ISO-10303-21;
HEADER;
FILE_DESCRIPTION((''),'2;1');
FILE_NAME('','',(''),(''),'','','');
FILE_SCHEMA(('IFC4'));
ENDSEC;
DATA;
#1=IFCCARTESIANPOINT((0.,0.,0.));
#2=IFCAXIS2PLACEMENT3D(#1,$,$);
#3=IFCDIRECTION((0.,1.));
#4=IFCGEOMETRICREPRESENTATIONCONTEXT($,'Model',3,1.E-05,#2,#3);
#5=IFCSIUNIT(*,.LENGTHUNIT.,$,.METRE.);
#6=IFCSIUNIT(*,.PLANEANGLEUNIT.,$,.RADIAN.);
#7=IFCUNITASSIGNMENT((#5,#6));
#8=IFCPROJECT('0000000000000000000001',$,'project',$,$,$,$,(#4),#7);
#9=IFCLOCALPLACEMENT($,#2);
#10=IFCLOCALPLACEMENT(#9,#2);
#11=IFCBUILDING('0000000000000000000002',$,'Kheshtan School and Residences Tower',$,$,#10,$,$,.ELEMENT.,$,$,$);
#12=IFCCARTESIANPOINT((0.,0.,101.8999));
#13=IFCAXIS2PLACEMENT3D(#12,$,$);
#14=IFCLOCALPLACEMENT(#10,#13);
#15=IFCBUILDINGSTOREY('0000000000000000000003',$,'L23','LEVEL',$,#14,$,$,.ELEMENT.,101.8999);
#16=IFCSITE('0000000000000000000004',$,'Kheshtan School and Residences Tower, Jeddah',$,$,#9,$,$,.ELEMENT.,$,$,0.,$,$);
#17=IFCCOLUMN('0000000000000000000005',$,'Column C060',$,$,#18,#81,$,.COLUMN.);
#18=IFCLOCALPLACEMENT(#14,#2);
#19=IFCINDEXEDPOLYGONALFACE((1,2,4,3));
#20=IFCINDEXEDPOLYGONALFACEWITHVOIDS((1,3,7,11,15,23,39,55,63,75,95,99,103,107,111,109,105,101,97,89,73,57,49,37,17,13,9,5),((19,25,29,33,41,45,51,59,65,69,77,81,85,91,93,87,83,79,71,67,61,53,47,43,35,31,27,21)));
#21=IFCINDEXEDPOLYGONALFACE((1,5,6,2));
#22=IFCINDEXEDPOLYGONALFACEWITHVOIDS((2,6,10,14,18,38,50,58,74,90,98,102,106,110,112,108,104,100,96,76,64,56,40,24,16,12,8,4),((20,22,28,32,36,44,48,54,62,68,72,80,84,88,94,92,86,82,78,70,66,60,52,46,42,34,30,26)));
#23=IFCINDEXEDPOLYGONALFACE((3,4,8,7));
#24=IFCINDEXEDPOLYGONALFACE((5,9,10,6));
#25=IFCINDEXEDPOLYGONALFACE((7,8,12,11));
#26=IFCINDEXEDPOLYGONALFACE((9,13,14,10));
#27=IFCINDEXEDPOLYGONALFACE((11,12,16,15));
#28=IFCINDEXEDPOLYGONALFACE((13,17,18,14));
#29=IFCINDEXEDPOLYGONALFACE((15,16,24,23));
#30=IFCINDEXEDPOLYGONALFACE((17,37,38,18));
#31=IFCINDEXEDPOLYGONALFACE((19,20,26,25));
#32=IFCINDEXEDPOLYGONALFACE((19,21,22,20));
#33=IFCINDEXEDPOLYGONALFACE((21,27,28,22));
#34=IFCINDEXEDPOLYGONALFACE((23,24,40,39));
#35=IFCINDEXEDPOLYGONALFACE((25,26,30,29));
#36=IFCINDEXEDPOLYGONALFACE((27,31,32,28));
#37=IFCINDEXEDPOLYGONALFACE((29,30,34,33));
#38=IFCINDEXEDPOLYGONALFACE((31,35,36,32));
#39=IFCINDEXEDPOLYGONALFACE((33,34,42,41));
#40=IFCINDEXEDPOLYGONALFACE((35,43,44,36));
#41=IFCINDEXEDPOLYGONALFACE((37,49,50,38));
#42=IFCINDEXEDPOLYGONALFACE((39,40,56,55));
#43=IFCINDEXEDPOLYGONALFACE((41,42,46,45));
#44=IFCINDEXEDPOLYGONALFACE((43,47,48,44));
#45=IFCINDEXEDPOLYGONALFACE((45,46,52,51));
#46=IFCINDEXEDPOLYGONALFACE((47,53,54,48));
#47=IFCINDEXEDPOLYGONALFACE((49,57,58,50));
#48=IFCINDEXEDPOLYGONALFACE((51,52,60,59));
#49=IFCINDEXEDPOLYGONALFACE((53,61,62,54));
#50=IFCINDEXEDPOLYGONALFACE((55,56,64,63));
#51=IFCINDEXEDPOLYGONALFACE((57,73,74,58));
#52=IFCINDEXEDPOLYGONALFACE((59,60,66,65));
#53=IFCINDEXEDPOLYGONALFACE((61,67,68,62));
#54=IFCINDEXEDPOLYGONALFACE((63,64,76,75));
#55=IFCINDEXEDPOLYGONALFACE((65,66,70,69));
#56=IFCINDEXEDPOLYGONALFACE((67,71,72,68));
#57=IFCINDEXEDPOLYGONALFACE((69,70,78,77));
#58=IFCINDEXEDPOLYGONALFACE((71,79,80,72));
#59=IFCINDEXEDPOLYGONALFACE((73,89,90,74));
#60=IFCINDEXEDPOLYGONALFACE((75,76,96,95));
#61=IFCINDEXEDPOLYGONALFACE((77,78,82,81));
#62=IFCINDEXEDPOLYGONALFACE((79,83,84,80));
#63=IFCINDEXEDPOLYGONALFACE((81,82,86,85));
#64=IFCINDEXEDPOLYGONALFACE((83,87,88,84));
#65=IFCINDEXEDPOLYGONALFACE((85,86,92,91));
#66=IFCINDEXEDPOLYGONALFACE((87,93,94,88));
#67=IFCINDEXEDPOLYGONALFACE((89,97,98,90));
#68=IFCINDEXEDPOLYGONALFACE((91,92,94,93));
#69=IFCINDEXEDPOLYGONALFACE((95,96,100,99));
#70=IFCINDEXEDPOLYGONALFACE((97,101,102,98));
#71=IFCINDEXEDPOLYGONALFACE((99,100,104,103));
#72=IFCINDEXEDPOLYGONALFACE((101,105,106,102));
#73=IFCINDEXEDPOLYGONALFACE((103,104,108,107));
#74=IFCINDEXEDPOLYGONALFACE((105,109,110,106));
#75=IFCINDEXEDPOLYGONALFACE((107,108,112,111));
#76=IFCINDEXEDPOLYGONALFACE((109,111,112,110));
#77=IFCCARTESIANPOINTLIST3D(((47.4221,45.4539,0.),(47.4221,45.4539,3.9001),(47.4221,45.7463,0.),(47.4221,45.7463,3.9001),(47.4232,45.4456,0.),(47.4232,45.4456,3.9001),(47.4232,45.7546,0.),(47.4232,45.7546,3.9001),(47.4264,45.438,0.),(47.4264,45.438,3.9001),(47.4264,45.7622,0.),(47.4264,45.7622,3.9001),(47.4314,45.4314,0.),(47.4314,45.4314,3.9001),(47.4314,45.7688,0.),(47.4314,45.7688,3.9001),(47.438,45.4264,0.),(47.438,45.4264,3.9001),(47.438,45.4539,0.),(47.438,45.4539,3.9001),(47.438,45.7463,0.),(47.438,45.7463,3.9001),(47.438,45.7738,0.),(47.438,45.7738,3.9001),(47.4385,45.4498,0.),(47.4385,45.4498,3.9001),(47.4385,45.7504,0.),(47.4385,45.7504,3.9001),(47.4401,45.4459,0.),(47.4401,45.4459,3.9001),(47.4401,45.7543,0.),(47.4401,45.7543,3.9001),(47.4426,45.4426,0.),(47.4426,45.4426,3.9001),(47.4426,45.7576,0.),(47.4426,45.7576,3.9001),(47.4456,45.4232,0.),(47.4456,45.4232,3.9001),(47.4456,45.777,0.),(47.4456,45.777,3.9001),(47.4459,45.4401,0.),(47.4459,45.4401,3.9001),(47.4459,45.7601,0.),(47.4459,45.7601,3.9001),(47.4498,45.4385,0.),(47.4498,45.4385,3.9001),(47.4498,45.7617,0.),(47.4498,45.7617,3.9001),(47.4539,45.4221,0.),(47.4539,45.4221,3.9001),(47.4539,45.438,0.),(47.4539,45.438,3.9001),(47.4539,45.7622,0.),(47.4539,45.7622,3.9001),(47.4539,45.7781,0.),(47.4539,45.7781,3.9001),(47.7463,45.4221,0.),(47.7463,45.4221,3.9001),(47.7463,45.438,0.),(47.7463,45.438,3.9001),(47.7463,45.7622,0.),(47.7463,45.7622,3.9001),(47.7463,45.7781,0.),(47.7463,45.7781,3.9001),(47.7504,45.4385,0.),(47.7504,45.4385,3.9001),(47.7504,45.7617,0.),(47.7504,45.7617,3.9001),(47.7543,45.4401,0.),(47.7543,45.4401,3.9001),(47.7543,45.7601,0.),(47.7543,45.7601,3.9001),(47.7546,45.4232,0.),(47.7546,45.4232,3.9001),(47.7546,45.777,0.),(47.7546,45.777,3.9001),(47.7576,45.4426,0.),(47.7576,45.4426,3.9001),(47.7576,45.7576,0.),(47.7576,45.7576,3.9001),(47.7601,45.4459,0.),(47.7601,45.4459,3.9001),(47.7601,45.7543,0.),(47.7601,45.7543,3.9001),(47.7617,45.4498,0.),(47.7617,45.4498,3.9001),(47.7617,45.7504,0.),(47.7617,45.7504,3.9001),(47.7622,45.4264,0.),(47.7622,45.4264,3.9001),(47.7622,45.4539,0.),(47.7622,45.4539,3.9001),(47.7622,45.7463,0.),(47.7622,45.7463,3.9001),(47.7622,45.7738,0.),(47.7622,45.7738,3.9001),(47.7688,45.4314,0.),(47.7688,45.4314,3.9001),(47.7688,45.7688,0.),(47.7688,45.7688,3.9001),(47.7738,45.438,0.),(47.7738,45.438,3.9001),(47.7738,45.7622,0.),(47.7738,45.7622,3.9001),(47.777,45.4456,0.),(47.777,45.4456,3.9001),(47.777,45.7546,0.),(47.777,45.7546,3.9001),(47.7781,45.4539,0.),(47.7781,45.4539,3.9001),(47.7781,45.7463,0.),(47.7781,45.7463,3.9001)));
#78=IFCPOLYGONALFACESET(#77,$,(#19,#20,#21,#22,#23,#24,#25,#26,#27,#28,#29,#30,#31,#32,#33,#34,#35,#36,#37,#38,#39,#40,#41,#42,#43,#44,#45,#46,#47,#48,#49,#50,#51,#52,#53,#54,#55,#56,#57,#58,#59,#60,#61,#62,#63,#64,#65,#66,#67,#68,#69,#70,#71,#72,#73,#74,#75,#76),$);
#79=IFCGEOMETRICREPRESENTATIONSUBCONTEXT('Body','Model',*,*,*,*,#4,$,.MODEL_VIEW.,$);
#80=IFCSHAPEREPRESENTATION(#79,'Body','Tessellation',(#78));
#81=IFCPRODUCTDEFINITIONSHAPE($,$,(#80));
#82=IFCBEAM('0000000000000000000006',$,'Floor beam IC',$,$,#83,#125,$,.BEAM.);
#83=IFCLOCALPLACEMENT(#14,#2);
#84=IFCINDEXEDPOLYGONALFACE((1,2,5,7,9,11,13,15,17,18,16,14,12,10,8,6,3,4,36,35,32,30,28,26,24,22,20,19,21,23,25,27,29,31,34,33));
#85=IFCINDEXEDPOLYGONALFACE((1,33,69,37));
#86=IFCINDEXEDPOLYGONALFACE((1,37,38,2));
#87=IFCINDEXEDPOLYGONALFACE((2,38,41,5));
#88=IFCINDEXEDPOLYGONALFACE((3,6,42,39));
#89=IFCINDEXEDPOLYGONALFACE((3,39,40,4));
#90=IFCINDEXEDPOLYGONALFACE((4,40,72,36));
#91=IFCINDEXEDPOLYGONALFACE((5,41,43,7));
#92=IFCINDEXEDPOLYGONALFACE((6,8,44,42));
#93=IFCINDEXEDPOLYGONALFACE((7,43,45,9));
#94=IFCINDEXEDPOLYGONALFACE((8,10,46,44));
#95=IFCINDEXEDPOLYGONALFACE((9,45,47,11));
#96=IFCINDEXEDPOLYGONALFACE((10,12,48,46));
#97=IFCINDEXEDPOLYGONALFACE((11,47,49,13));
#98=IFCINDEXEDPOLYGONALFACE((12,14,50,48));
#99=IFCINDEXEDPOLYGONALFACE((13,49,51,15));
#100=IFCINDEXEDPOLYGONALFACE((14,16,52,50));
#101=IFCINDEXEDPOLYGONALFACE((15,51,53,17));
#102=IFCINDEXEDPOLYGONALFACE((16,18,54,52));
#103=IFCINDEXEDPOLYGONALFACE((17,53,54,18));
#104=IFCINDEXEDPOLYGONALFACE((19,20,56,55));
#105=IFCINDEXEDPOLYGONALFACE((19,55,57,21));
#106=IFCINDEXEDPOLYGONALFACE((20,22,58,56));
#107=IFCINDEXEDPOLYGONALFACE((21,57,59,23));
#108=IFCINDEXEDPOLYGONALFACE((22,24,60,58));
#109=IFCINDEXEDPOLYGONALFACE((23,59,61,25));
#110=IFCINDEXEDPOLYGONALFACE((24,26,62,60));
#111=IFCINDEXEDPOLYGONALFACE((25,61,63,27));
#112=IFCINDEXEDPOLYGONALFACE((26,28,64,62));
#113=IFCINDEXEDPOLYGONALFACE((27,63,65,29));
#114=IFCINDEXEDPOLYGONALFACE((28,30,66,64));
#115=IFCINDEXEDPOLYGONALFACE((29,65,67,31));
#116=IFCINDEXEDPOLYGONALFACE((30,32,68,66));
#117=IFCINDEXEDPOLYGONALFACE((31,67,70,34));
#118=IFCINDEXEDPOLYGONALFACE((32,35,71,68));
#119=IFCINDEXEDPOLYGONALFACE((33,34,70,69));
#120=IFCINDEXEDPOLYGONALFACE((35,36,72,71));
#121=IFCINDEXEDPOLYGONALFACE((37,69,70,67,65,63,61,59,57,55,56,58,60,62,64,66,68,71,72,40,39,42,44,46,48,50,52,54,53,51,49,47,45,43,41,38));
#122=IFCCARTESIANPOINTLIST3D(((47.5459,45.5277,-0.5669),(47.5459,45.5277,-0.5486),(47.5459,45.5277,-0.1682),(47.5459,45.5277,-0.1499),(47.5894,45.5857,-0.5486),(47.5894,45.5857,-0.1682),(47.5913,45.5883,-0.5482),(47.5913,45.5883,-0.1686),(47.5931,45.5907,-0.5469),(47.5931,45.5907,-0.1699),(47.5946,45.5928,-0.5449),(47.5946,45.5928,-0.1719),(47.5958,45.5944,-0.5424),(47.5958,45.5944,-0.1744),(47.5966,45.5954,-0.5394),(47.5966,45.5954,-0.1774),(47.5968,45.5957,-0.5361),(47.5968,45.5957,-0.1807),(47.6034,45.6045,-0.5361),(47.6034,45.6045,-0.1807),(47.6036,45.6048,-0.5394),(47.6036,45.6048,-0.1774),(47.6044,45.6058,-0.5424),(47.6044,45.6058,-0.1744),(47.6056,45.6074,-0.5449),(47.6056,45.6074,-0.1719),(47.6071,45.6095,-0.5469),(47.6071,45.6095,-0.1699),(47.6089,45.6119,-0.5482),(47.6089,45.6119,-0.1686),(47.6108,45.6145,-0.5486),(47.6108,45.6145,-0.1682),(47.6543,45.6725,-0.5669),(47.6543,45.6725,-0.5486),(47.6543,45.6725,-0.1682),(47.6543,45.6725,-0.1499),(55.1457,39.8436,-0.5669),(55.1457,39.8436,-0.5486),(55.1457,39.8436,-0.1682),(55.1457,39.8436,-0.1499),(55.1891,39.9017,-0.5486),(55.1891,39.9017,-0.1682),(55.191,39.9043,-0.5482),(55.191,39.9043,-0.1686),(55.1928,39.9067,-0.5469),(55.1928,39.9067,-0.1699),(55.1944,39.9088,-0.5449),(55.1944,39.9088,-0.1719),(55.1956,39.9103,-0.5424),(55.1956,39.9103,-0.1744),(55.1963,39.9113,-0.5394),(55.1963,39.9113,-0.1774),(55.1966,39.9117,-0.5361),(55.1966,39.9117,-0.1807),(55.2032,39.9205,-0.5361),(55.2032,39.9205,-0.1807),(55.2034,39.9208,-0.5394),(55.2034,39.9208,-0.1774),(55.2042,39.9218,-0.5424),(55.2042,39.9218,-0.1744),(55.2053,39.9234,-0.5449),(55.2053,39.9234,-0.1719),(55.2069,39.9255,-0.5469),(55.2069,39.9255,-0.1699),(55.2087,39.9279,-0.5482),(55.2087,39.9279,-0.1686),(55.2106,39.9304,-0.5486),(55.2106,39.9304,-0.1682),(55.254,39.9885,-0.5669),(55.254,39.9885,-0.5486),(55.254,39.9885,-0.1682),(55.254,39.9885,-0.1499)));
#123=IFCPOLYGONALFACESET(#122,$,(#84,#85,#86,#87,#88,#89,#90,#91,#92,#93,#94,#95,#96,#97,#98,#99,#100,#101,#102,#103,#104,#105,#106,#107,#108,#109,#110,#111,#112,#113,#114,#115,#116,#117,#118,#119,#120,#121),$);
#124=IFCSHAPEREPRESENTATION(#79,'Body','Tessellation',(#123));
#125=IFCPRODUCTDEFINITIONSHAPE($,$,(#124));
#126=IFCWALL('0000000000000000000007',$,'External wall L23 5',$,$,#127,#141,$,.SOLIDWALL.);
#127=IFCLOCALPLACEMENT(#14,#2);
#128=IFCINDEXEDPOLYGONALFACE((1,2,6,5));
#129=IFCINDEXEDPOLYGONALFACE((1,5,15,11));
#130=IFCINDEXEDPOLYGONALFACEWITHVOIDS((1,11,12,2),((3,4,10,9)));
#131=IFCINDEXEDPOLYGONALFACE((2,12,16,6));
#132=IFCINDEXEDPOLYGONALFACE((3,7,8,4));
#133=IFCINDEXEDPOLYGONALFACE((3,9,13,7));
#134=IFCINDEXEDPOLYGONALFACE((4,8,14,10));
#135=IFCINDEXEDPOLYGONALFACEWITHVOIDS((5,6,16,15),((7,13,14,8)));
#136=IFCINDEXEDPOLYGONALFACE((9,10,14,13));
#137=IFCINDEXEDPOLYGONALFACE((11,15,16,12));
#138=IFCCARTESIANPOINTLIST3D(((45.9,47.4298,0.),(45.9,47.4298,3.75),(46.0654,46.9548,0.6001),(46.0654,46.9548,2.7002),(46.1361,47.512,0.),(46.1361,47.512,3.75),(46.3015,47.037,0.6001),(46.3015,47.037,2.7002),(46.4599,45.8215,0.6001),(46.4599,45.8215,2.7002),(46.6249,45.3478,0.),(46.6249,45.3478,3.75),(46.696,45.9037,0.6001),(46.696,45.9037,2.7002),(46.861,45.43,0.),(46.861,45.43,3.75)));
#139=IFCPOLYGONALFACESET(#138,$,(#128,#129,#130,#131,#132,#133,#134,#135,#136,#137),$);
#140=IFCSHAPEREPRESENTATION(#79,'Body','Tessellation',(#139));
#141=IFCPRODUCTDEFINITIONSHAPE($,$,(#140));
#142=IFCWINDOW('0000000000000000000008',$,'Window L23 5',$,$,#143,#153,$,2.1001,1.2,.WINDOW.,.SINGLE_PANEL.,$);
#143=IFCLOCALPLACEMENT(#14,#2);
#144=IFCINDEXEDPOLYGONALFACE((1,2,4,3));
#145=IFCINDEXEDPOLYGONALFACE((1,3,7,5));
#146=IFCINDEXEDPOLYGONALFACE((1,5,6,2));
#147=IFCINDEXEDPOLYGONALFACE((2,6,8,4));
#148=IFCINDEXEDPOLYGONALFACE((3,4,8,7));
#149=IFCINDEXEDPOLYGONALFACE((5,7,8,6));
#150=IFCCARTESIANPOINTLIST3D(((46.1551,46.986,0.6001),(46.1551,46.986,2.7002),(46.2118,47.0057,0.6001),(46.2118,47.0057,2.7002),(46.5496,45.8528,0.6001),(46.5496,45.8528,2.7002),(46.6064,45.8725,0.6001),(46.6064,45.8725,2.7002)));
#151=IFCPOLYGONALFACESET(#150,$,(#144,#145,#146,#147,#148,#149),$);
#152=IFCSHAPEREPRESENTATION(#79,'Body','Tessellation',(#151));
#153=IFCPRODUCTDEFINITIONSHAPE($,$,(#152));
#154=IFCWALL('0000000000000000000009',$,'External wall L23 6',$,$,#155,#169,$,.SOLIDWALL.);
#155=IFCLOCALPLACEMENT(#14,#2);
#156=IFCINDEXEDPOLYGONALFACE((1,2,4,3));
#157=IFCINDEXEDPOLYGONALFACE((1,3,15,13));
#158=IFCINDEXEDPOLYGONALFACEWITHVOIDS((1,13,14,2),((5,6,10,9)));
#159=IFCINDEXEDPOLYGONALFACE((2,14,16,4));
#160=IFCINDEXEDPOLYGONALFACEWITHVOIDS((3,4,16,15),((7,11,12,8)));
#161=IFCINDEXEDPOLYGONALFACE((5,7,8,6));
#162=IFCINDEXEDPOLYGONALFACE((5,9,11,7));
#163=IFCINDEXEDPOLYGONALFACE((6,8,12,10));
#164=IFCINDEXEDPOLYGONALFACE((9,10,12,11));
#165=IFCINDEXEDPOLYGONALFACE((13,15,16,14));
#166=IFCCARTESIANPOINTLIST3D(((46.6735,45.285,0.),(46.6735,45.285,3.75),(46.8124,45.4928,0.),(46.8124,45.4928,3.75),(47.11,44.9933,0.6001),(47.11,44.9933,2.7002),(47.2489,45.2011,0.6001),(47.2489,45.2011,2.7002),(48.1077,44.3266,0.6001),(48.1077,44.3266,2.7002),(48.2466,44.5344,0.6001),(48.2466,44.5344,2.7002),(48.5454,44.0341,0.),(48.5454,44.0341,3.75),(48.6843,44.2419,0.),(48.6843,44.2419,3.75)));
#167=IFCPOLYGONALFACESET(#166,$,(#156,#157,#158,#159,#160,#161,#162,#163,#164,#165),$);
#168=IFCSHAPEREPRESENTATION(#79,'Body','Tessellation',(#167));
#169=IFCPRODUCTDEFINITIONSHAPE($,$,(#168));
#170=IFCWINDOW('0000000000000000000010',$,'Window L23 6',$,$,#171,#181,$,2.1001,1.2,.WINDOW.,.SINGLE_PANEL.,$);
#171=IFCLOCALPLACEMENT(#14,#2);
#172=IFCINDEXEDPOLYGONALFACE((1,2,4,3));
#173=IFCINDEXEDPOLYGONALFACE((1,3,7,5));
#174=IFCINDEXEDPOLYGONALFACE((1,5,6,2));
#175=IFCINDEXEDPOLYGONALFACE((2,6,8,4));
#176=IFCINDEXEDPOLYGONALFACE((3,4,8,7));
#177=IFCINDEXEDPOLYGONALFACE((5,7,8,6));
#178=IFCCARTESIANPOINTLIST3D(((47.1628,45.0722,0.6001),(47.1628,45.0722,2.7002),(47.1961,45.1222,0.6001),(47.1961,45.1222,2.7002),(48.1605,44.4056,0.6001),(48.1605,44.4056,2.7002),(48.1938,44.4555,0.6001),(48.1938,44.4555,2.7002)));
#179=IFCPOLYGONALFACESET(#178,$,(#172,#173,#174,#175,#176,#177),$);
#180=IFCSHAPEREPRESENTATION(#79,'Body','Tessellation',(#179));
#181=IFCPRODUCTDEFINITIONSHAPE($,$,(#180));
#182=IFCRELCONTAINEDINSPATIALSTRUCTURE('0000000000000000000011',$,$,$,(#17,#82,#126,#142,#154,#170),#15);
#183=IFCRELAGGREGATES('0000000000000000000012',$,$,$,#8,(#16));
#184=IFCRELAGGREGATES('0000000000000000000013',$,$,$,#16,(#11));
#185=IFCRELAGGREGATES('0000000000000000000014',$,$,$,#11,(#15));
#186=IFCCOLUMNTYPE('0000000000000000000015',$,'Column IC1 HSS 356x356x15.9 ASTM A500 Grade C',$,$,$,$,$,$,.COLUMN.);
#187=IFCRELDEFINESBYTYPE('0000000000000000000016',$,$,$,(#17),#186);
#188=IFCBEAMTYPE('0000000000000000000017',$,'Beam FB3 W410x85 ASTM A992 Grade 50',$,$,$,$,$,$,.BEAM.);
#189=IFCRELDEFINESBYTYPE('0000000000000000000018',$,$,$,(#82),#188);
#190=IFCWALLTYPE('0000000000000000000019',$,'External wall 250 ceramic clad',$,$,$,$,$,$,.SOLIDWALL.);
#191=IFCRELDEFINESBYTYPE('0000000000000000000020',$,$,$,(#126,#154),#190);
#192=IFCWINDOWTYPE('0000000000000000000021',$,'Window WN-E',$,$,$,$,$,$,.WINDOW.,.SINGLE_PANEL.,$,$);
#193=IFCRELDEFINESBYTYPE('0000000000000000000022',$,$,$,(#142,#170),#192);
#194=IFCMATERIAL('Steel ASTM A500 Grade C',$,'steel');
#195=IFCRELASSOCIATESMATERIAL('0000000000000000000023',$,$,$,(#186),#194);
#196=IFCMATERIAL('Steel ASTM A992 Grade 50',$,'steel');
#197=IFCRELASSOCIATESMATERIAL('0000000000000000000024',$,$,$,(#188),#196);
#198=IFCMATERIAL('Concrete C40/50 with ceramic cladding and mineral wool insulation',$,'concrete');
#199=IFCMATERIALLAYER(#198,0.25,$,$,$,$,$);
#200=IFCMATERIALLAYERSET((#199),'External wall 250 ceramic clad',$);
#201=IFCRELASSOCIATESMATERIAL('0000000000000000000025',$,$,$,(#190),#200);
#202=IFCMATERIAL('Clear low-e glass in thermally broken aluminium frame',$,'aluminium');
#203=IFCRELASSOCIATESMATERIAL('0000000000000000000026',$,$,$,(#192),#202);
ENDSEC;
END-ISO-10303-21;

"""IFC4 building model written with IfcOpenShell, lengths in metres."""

from ifc_helpers import new_model, si_unit, direction, frame, frame_2d, origin, origin_2d, place, context, subcontext, project, spatial, rectangle, hollow_rectangle, i_section, extrude, source, transform, mapped, material, layer, layer_set, material_profile, profile_set, type_object, element, fill, save


model = new_model("IFC4")

# Units and contexts
model_context = context("Model", 3, precision=1e-05, world=origin(), true_north=direction((0.0, 1.0)))
body_context = subcontext(model_context, "Body", "Model", "MODEL_VIEW")
ifc_project = project(units=[si_unit("LENGTHUNIT", "METRE"), si_unit("PLANEANGLEUNIT", "RADIAN")], contexts=[model_context])

# Site, building, storey
site_placement = place(None, origin())
site = spatial("IfcSite", under=ifc_project, at=site_placement, Name="Kheshtan School and Residences Tower, Jeddah", CompositionType="ELEMENT", RefElevation=0.0)
building_placement = place(site_placement, origin())
building = spatial("IfcBuilding", under=site, at=building_placement, Name="Kheshtan School and Residences Tower", CompositionType="ELEMENT")
storey_placement = place(building_placement, frame((0.0, 0.0, 101.8999)))
storey = spatial("IfcBuildingStorey", under=building, at=storey_placement, Name="L23", Description="LEVEL", CompositionType="ELEMENT", Elevation=101.8999)

# Column
ifc_material_1 = material(Name="Steel ASTM A500 Grade C", Category="steel")
ifc_material_profile_1 = material_profile(ifc_material_1, hollow_rectangle(XDim=0.356, YDim=0.356, WallThickness=0.0159, InnerFilletRadius=0.0159, OuterFilletRadius=0.0317, at=origin_2d()), Name="HSS 356x356x15.9")
ifc_profile_set_1 = profile_set([ifc_material_profile_1], Name="Steel ASTM A500 Grade C")
column_type = type_object("IfcColumnType", Name="Column IC1 HSS 356x356x15.9 ASTM A500 Grade C", PredefinedType="COLUMN", material=ifc_profile_set_1)
column_placement = place(storey_placement, frame((47.6001, 45.6001, 0.0), z_axis=(0.0, 0.0, 1.0), x_axis=(1.0, 0.0, 0.0)))
element("IfcColumn", 1, at=column_placement, inside=storey, type_object=column_type, Name="Column C060", PredefinedType="COLUMN", context=body_context, shape_type="SweptSolid", body=[
    extrude(hollow_rectangle(XDim=0.356, YDim=0.356, WallThickness=0.0159, InnerFilletRadius=0.0159, OuterFilletRadius=0.0317, at=origin_2d()), origin(), (0.0, 0.0, 1.0), 3.9001),
])

# Beam
ifc_material_2 = material(Name="Steel ASTM A992 Grade 50", Category="steel")
ifc_material_profile_2 = material_profile(ifc_material_2, i_section(OverallWidth=0.1809, OverallDepth=0.417, WebThickness=0.011, FlangeThickness=0.0183, FilletRadius=0.0125, at=origin_2d()), Name="W410x85")
ifc_profile_set_2 = profile_set([ifc_material_profile_2], Name="Steel ASTM A992 Grade 50")
beam_type = type_object("IfcBeamType", Name="Beam FB3 W410x85 ASTM A992 Grade 50", PredefinedType="BEAM", material=ifc_profile_set_2)
beam_placement = place(storey_placement, frame((47.6001, 45.6001, -0.3584), z_axis=(0.800799, -0.598933, 0.0), x_axis=(0.598933, 0.800799, 0.0)))
element("IfcBeam", 2, at=beam_placement, inside=storey, type_object=beam_type, Name="Floor beam IC", PredefinedType="BEAM", context=body_context, shape_type="SweptSolid", body=[
    extrude(i_section(OverallWidth=0.1809, OverallDepth=0.417, WebThickness=0.011, FlangeThickness=0.0183, FilletRadius=0.0125, at=origin_2d()), origin(), (0.0, 0.0, 1.0), 9.4902),
])

# Walls, openings, windows
ifc_material_3 = material(Name="Concrete C40/50 with ceramic cladding and mineral wool insulation", Category="concrete")
ifc_layer_1 = layer(ifc_material_3, 0.25)
ifc_layer_set_1 = layer_set([ifc_layer_1], Name="External wall 250 ceramic clad")
wall_type_1 = type_object("IfcWallType", Name="External wall 250 ceramic clad", PredefinedType="SOLIDWALL", material=ifc_layer_set_1)
wall_1_placement = place(storey_placement, frame((46.0181, 47.4709, 0.0), z_axis=(0.0, 0.0, 1.0), x_axis=(0.328791, -0.944403, 0.0)))
wall_1 = element("IfcWall", 3, at=wall_1_placement, inside=storey, type_object=wall_type_1, Name="External wall L23 5", PredefinedType="SOLIDWALL", context=body_context, shape_type="SweptSolid", body=[
    extrude(rectangle(XDim=2.2046, YDim=0.25, at=frame_2d((1.1023, 0.0))), origin(), (0.0, 0.0, 1.0), 3.75),
])
opening_1_placement = place(wall_1_placement, frame((0.5029, 0.0, 0.6001)))
opening_1 = element("IfcOpeningElement", 4, at=opening_1_placement, cuts=wall_1, PredefinedType="OPENING", context=body_context, shape_type="SweptSolid", body=[
    extrude(rectangle(XDim=1.2, YDim=2.1001, at=frame_2d((0.6001, 1.05))), frame((0.0, 0.135, 0.0), z_axis=(0.0, -1.0, 0.0), x_axis=(1.0, 0.0, 0.0)), (0.0, 0.0, 1.0), 0.27),
])
ifc_material_4 = material(Name="Clear low-e glass in thermally broken aluminium frame", Category="aluminium")
window_type = type_object("IfcWindowType", Name="Window WN-E", PartitioningType="SINGLE_PANEL", PredefinedType="WINDOW", material=ifc_material_4)
shared_shape_1 = source(origin(), body_context, "Body", "SweptSolid", [
    extrude(rectangle(XDim=1.2, YDim=2.1001, at=frame_2d((0.6001, 1.05))), frame((0.0, 0.03, 0.0), z_axis=(0.0, -1.0, 0.0), x_axis=(1.0, 0.0, 0.0)), (0.0, 0.0, 1.0), 0.0601),
])
window_1_placement = place(opening_1_placement, origin())
window_1 = element("IfcWindow", 5, at=window_1_placement, inside=storey, type_object=window_type, Name="Window L23 5", OverallHeight=2.1001, OverallWidth=1.2, PartitioningType="SINGLE_PANEL", PredefinedType="WINDOW", context=body_context, shape_type="MappedRepresentation", body=[
    mapped(shared_shape_1, transform((0.0, 0.0, 0.0), x_axis=(1.0, 0.0, 0.0), y_axis=(0.0, 1.0, 0.0), z_axis=(0.0, 0.0, 1.0), scale=1.0)),
])
fill(opening_1, window_1)
wall_2_placement = place(storey_placement, frame((46.7429, 45.3889, 0.0), z_axis=(0.0, 0.0, 1.0), x_axis=(0.831449, -0.555601, 0.0)))
wall_2 = element("IfcWall", 6, at=wall_2_placement, inside=storey, type_object=wall_type_1, Name="External wall L23 6", PredefinedType="SOLIDWALL", context=body_context, shape_type="SweptSolid", body=[
    extrude(rectangle(XDim=2.2515, YDim=0.25, at=frame_2d((1.1257, 0.0))), origin(), (0.0, 0.0, 1.0), 3.75),
])
opening_2_placement = place(wall_2_placement, frame((0.5249, 0.0, 0.6001)))
opening_2 = element("IfcOpeningElement", 7, at=opening_2_placement, cuts=wall_2, PredefinedType="OPENING", context=body_context, shape_type="SweptSolid", body=[
    extrude(rectangle(XDim=1.2, YDim=2.1001, at=frame_2d((0.6001, 1.05))), frame((0.0, 0.135, 0.0), z_axis=(0.0, -1.0, 0.0), x_axis=(1.0, 0.0, 0.0)), (0.0, 0.0, 1.0), 0.27),
])
window_2_placement = place(opening_2_placement, origin())
window_2 = element("IfcWindow", 8, at=window_2_placement, inside=storey, type_object=window_type, Name="Window L23 6", OverallHeight=2.1001, OverallWidth=1.2, PartitioningType="SINGLE_PANEL", PredefinedType="WINDOW", context=body_context, shape_type="MappedRepresentation", body=[
    mapped(shared_shape_1, transform((0.0, 0.0, 0.0), x_axis=(1.0, 0.0, 0.0), y_axis=(0.0, 1.0, 0.0), z_axis=(0.0, 0.0, 1.0), scale=1.0)),
])
fill(opening_2, window_2)

save(model, "model.ifc")
